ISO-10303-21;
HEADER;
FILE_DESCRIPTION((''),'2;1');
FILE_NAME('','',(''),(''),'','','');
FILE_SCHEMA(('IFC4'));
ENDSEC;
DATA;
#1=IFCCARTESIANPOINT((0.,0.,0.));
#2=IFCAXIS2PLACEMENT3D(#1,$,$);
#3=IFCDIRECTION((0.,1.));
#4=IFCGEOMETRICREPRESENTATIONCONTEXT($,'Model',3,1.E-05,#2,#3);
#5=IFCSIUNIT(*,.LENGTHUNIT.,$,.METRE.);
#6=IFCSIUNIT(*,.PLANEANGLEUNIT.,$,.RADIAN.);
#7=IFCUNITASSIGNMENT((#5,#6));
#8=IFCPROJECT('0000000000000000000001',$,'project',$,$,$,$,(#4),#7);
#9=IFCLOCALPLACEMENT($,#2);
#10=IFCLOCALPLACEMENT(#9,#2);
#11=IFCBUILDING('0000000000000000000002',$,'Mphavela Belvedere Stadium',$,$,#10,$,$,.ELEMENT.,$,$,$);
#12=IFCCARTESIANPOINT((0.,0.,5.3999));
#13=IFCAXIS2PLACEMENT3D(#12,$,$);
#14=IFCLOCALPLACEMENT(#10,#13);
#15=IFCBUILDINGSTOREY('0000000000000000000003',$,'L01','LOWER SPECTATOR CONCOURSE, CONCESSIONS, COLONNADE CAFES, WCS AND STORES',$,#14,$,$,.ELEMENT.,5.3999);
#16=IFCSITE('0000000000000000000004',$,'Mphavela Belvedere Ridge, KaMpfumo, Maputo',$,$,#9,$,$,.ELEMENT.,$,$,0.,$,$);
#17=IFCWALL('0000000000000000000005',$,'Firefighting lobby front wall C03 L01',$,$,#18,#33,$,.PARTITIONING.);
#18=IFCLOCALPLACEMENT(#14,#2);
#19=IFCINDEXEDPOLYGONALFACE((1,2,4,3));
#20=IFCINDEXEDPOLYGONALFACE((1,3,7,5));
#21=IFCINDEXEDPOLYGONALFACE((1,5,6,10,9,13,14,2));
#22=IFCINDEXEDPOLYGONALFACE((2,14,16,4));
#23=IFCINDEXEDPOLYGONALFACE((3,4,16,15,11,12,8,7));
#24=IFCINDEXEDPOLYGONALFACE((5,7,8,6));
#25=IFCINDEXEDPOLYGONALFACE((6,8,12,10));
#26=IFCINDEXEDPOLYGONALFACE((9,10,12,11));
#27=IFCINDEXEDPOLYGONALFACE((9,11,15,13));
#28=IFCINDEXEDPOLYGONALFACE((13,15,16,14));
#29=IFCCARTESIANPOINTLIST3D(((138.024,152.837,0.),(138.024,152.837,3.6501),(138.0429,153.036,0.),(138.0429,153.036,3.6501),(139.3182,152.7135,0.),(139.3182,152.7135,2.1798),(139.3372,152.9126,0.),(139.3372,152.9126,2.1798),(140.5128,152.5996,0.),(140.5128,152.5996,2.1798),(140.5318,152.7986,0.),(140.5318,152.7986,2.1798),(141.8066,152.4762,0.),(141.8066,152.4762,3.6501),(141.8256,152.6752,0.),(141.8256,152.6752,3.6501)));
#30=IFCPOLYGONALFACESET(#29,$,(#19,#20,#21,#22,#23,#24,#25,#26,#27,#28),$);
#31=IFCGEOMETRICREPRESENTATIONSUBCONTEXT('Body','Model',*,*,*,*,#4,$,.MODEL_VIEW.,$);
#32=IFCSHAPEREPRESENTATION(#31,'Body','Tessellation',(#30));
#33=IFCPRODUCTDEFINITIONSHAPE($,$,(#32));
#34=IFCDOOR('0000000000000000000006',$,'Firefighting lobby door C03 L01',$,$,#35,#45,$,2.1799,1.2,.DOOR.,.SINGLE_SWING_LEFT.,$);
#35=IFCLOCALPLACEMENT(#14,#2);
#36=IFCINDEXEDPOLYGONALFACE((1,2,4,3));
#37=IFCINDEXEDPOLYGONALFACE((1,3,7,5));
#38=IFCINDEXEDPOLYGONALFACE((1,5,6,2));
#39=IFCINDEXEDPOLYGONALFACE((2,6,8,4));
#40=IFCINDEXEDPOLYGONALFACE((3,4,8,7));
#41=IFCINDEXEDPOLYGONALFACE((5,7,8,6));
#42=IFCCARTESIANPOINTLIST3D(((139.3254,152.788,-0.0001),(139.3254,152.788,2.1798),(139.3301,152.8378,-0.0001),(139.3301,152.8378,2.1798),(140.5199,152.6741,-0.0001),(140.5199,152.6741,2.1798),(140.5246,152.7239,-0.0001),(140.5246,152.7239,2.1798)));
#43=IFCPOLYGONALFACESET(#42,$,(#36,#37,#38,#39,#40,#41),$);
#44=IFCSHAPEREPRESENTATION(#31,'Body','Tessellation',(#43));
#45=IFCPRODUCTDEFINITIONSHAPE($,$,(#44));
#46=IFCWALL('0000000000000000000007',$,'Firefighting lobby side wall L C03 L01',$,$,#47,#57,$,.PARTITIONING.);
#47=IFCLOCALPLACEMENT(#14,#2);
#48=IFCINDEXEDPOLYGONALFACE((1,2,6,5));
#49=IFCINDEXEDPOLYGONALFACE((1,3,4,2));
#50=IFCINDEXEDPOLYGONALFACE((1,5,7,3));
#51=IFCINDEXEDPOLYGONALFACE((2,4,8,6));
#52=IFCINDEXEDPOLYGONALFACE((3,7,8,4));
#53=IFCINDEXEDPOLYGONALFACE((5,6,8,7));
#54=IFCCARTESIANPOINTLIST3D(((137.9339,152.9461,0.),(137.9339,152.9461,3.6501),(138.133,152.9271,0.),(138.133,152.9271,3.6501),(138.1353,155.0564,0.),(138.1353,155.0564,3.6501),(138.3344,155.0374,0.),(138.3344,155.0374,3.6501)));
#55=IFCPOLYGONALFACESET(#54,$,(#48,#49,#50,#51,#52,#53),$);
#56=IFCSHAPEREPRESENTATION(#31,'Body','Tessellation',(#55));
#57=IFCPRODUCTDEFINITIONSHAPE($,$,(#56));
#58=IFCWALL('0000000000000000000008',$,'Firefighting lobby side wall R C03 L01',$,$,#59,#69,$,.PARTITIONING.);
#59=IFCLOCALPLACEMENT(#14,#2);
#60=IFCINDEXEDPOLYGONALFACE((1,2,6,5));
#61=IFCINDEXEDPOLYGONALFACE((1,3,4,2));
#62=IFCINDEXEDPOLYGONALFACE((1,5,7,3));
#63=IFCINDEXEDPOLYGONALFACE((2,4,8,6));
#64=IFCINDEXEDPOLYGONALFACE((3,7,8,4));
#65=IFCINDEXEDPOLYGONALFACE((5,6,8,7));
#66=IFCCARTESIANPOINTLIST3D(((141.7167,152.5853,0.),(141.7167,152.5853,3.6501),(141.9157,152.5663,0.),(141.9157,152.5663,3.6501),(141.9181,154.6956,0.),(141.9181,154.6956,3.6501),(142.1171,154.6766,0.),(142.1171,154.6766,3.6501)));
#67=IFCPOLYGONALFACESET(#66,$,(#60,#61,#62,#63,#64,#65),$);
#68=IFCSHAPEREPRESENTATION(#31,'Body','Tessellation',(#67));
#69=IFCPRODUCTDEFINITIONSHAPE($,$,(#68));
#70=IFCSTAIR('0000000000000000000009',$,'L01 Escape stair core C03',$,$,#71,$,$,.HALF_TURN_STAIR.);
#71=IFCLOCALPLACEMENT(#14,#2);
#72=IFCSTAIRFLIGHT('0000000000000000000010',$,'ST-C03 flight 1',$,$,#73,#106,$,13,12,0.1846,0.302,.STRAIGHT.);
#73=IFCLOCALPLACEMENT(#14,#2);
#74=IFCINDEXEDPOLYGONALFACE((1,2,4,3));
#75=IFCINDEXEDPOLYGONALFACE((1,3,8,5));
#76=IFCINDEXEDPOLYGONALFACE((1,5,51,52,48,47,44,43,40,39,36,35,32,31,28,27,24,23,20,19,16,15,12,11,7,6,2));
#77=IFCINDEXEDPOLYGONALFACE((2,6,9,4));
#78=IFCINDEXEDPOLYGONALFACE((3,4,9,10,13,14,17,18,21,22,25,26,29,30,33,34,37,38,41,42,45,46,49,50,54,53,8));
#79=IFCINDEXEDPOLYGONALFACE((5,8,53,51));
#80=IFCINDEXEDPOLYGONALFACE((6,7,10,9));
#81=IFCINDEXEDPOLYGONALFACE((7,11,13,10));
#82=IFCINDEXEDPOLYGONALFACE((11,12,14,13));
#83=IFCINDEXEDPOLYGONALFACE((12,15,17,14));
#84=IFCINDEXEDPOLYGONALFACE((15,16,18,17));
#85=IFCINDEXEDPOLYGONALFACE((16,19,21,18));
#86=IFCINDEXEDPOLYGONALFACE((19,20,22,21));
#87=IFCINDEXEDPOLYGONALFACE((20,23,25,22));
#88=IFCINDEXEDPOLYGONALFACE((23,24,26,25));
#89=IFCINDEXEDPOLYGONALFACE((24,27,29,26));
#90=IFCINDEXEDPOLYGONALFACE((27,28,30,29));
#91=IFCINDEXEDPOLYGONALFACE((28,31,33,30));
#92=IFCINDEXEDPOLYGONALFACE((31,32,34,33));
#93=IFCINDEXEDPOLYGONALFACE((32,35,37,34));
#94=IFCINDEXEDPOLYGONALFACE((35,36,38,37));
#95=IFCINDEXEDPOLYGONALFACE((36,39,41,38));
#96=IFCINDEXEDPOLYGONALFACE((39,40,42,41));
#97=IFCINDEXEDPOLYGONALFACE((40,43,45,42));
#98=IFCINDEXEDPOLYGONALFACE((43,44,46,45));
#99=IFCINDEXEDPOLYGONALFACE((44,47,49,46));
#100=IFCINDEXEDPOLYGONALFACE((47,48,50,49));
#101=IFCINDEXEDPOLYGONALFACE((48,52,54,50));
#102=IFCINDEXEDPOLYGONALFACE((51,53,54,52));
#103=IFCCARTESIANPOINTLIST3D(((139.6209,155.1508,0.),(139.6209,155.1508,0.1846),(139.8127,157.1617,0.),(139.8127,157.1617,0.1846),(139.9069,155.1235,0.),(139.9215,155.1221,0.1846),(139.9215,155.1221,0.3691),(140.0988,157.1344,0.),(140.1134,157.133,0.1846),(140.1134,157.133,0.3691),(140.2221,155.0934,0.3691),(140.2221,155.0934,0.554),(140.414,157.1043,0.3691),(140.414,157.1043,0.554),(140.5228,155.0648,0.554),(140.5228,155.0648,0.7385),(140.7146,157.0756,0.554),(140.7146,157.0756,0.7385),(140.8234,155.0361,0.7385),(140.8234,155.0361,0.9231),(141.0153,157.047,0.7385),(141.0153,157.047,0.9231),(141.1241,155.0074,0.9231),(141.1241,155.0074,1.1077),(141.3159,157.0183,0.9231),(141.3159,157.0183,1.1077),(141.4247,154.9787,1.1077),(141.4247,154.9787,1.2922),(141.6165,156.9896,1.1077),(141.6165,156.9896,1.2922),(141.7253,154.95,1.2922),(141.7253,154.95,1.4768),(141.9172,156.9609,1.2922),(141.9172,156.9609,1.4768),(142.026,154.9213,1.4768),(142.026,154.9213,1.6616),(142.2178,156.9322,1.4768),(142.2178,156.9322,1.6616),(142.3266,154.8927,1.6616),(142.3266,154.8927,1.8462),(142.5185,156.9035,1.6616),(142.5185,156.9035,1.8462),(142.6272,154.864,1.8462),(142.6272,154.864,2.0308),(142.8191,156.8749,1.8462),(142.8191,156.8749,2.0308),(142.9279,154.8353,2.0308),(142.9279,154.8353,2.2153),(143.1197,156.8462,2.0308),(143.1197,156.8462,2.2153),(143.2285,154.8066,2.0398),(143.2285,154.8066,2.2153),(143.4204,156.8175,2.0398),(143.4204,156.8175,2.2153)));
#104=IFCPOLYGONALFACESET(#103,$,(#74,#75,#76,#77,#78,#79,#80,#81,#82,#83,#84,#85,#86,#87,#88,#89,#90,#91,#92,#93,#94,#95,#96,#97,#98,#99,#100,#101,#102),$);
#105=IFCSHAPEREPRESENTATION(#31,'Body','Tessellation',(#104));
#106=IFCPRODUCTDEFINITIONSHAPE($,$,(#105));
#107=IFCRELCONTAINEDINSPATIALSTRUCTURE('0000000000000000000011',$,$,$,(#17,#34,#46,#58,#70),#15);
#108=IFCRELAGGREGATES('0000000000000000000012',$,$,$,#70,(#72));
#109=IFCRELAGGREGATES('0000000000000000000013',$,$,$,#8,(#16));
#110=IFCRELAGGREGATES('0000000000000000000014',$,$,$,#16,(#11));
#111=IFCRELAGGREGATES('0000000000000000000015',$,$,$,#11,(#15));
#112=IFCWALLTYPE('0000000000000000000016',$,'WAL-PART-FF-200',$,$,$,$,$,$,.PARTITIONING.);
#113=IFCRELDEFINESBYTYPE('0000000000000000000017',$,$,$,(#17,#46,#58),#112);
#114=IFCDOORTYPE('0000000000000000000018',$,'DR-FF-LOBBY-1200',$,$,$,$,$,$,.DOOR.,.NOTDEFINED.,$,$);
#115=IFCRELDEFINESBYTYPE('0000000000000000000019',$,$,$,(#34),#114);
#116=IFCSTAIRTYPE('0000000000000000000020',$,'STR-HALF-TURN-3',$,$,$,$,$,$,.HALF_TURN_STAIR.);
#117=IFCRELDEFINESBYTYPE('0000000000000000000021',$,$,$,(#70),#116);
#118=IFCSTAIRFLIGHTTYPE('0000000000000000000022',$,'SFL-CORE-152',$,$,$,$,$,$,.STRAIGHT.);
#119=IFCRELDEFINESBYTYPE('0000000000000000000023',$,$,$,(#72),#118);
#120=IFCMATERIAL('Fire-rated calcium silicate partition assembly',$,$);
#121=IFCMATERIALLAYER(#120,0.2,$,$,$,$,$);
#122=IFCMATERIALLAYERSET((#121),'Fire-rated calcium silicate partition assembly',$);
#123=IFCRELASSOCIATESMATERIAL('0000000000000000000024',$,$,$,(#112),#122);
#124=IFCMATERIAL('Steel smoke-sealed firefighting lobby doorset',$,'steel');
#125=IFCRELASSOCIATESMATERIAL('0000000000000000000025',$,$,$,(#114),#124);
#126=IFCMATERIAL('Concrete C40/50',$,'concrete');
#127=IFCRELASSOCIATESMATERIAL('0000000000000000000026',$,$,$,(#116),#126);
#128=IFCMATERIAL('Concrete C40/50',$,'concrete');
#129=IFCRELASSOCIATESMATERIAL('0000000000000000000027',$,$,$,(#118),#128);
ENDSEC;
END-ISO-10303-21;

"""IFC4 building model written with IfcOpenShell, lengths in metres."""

from ifc_helpers import new_model, si_unit, direction, frame, frame_2d, origin, place, context, subcontext, project, spatial, polyline, rectangle, outline, extrude, material, layer, layer_set, type_object, element, fill, aggregate, save


model = new_model("IFC4")

# Units and contexts
model_context = context("Model", 3, precision=1e-05, world=origin(), true_north=direction((0.0, 1.0)))
body_context = subcontext(model_context, "Body", "Model", "MODEL_VIEW")
ifc_project = project(units=[si_unit("LENGTHUNIT", "METRE"), si_unit("PLANEANGLEUNIT", "RADIAN")], contexts=[model_context])

# Site, building, storey
site_placement = place(None, origin())
site = spatial("IfcSite", under=ifc_project, at=site_placement, Name="Mphavela Belvedere Ridge, KaMpfumo, Maputo", CompositionType="ELEMENT", RefElevation=0.0)
building_placement = place(site_placement, origin())
building = spatial("IfcBuilding", under=site, at=building_placement, Name="Mphavela Belvedere Stadium", CompositionType="ELEMENT")
storey_placement = place(building_placement, frame((0.0, 0.0, 5.3999)))
storey = spatial("IfcBuildingStorey", under=building, at=storey_placement, Name="L01", Description="LOWER SPECTATOR CONCOURSE, CONCESSIONS, COLONNADE CAFES, WCS AND STORES", CompositionType="ELEMENT", Elevation=5.3999)

# Wall, opening, door
ifc_material_1 = material(Name="Fire-rated calcium silicate partition assembly")
ifc_layer_1 = layer(ifc_material_1, 0.2)
ifc_layer_set_1 = layer_set([ifc_layer_1], Name="Fire-rated calcium silicate partition assembly")
wall_type_1 = type_object("IfcWallType", Name="WAL-PART-FF-200", PredefinedType="PARTITIONING", material=ifc_layer_set_1)
wall_1_placement = place(storey_placement, frame((138.0334, 152.9365, 0.0), z_axis=(0.0, 0.0, 1.0), x_axis=(0.995481, -0.094961, 0.0)))
wall_1 = element("IfcWall", 1, at=wall_1_placement, inside=storey, type_object=wall_type_1, Name="Firefighting lobby front wall C03 L01", PredefinedType="PARTITIONING", context=body_context, shape_type="SweptSolid", body=[
    extrude(rectangle(XDim=3.7998, YDim=0.2, at=frame_2d((1.8999, 0.0))), origin(), (0.0, 0.0, 1.0), 3.6501),
])
opening_1_placement = place(wall_1_placement, frame((1.3, 0.0, 0.0)))
opening_1 = element("IfcOpeningElement", 2, at=opening_1_placement, cuts=wall_1, PredefinedType="OPENING", context=body_context, shape_type="SweptSolid", body=[
    extrude(rectangle(XDim=1.2, YDim=2.1799, at=frame_2d((0.6001, 1.0898))), frame((0.0, 0.1099, 0.0), z_axis=(0.0, -1.0, 0.0), x_axis=(1.0, 0.0, 0.0)), (0.0, 0.0, 1.0), 0.22),
])
ifc_material_2 = material(Name="Steel smoke-sealed firefighting lobby doorset", Category="steel")
door_type_1 = type_object("IfcDoorType", Name="DR-FF-LOBBY-1200", OperationType="NOTDEFINED", PredefinedType="DOOR", material=ifc_material_2)
door_1_placement = place(opening_1_placement, origin())
door_1 = element("IfcDoor", 3, at=door_1_placement, inside=storey, type_object=door_type_1, Name="Firefighting lobby door C03 L01", OperationType="SINGLE_SWING_LEFT", OverallHeight=2.1799, OverallWidth=1.2, PredefinedType="DOOR", context=body_context, shape_type="SweptSolid", body=[
    extrude(rectangle(XDim=1.2, YDim=2.1799, at=frame_2d((0.6001, 1.0898))), frame((0.0, 0.0249, 0.0), z_axis=(0.0, -1.0, 0.0), x_axis=(1.0, 0.0, 0.0)), (0.0, 0.0, 1.0), 0.05),
])
fill(opening_1, door_1)

# Walls
for number, where, z_axis, x_axis, name in (
    (4, (138.0334, 152.9365, 0.0), (0.0, 0.0, 1.0), (0.09501, 0.995476, 0.0), "Firefighting lobby side wall L C03 L01"),
    (5, (141.8162, 152.5757, 0.0), (0.0, 0.0, 1.0), (0.09501, 0.995476, 0.0), "Firefighting lobby side wall R C03 L01"),
):
    element("IfcWall", number, at=place(storey_placement, frame(where, z_axis=z_axis, x_axis=x_axis)), inside=storey, type_object=wall_type_1, Name=name, PredefinedType="PARTITIONING", context=body_context, shape_type="SweptSolid", body=[
        extrude(rectangle(XDim=2.1199, YDim=0.2, at=frame_2d((1.0601, 0.0))), origin(), (0.0, 0.0, 1.0), 3.6501),
    ])

# Stair, stair flight
ifc_material_3 = material(Name="Concrete C40/50", Category="concrete")
stair_type = type_object("IfcStairType", Name="STR-HALF-TURN-3", PredefinedType="HALF_TURN_STAIR", material=ifc_material_3)
stair_placement = place(storey_placement, origin())
stair = element("IfcStair", 6, at=stair_placement, inside=storey, type_object=stair_type, Name="L01 Escape stair core C03", PredefinedType="HALF_TURN_STAIR")
ifc_material_4 = material(Name="Concrete C40/50", Category="concrete")
stair_flight_type = type_object("IfcStairFlightType", Name="SFL-CORE-152", PredefinedType="STRAIGHT", material=ifc_material_4)
stair_flight_placement = place(storey_placement, frame((139.7168, 156.1562, 0.0), z_axis=(0.0, 0.0, 1.0), x_axis=(0.995479, -0.094977, 0.0)))
stair_flight = element("IfcStairFlight", 7, at=stair_flight_placement, type_object=stair_flight_type, Name="ST-C03 flight 1", NumberOfRisers=13, NumberOfTreads=12, PredefinedType="STRAIGHT", RiserHeight=0.1846, TreadLength=0.302, context=body_context, shape_type="SweptSolid", body=[
    extrude(outline(polyline([(0.0, 0.0), (0.0, 0.1846), (0.302, 0.1846), (0.302, 0.3691), (0.604, 0.3691), (0.604, 0.554), (0.906, 0.554), (0.906, 0.7385), (1.208, 0.7385), (1.208, 0.9231), (1.51, 0.9231), (1.51, 1.1077), (1.812, 1.1077), (1.812, 1.2922), (2.114, 1.2922), (2.114, 1.4768), (2.416, 1.4768), (2.416, 1.6616), (2.718, 1.6616), (2.718, 1.8462), (3.02, 1.8462), (3.02, 2.0308), (3.322, 2.0308), (3.322, 2.2153), (3.624, 2.2153), (3.624, 2.3999), (3.624, 2.0398), (0.2874, 0.0), (0.0, 0.0)])), frame((0.0, 1.01, 0.0), z_axis=(0.0, -1.0, 0.0), x_axis=(1.0, 0.0, 0.0)), (0.0, 0.0, 1.0), 2.02),
])
aggregate(stair, [stair_flight])

save(model, "model.ifc")
